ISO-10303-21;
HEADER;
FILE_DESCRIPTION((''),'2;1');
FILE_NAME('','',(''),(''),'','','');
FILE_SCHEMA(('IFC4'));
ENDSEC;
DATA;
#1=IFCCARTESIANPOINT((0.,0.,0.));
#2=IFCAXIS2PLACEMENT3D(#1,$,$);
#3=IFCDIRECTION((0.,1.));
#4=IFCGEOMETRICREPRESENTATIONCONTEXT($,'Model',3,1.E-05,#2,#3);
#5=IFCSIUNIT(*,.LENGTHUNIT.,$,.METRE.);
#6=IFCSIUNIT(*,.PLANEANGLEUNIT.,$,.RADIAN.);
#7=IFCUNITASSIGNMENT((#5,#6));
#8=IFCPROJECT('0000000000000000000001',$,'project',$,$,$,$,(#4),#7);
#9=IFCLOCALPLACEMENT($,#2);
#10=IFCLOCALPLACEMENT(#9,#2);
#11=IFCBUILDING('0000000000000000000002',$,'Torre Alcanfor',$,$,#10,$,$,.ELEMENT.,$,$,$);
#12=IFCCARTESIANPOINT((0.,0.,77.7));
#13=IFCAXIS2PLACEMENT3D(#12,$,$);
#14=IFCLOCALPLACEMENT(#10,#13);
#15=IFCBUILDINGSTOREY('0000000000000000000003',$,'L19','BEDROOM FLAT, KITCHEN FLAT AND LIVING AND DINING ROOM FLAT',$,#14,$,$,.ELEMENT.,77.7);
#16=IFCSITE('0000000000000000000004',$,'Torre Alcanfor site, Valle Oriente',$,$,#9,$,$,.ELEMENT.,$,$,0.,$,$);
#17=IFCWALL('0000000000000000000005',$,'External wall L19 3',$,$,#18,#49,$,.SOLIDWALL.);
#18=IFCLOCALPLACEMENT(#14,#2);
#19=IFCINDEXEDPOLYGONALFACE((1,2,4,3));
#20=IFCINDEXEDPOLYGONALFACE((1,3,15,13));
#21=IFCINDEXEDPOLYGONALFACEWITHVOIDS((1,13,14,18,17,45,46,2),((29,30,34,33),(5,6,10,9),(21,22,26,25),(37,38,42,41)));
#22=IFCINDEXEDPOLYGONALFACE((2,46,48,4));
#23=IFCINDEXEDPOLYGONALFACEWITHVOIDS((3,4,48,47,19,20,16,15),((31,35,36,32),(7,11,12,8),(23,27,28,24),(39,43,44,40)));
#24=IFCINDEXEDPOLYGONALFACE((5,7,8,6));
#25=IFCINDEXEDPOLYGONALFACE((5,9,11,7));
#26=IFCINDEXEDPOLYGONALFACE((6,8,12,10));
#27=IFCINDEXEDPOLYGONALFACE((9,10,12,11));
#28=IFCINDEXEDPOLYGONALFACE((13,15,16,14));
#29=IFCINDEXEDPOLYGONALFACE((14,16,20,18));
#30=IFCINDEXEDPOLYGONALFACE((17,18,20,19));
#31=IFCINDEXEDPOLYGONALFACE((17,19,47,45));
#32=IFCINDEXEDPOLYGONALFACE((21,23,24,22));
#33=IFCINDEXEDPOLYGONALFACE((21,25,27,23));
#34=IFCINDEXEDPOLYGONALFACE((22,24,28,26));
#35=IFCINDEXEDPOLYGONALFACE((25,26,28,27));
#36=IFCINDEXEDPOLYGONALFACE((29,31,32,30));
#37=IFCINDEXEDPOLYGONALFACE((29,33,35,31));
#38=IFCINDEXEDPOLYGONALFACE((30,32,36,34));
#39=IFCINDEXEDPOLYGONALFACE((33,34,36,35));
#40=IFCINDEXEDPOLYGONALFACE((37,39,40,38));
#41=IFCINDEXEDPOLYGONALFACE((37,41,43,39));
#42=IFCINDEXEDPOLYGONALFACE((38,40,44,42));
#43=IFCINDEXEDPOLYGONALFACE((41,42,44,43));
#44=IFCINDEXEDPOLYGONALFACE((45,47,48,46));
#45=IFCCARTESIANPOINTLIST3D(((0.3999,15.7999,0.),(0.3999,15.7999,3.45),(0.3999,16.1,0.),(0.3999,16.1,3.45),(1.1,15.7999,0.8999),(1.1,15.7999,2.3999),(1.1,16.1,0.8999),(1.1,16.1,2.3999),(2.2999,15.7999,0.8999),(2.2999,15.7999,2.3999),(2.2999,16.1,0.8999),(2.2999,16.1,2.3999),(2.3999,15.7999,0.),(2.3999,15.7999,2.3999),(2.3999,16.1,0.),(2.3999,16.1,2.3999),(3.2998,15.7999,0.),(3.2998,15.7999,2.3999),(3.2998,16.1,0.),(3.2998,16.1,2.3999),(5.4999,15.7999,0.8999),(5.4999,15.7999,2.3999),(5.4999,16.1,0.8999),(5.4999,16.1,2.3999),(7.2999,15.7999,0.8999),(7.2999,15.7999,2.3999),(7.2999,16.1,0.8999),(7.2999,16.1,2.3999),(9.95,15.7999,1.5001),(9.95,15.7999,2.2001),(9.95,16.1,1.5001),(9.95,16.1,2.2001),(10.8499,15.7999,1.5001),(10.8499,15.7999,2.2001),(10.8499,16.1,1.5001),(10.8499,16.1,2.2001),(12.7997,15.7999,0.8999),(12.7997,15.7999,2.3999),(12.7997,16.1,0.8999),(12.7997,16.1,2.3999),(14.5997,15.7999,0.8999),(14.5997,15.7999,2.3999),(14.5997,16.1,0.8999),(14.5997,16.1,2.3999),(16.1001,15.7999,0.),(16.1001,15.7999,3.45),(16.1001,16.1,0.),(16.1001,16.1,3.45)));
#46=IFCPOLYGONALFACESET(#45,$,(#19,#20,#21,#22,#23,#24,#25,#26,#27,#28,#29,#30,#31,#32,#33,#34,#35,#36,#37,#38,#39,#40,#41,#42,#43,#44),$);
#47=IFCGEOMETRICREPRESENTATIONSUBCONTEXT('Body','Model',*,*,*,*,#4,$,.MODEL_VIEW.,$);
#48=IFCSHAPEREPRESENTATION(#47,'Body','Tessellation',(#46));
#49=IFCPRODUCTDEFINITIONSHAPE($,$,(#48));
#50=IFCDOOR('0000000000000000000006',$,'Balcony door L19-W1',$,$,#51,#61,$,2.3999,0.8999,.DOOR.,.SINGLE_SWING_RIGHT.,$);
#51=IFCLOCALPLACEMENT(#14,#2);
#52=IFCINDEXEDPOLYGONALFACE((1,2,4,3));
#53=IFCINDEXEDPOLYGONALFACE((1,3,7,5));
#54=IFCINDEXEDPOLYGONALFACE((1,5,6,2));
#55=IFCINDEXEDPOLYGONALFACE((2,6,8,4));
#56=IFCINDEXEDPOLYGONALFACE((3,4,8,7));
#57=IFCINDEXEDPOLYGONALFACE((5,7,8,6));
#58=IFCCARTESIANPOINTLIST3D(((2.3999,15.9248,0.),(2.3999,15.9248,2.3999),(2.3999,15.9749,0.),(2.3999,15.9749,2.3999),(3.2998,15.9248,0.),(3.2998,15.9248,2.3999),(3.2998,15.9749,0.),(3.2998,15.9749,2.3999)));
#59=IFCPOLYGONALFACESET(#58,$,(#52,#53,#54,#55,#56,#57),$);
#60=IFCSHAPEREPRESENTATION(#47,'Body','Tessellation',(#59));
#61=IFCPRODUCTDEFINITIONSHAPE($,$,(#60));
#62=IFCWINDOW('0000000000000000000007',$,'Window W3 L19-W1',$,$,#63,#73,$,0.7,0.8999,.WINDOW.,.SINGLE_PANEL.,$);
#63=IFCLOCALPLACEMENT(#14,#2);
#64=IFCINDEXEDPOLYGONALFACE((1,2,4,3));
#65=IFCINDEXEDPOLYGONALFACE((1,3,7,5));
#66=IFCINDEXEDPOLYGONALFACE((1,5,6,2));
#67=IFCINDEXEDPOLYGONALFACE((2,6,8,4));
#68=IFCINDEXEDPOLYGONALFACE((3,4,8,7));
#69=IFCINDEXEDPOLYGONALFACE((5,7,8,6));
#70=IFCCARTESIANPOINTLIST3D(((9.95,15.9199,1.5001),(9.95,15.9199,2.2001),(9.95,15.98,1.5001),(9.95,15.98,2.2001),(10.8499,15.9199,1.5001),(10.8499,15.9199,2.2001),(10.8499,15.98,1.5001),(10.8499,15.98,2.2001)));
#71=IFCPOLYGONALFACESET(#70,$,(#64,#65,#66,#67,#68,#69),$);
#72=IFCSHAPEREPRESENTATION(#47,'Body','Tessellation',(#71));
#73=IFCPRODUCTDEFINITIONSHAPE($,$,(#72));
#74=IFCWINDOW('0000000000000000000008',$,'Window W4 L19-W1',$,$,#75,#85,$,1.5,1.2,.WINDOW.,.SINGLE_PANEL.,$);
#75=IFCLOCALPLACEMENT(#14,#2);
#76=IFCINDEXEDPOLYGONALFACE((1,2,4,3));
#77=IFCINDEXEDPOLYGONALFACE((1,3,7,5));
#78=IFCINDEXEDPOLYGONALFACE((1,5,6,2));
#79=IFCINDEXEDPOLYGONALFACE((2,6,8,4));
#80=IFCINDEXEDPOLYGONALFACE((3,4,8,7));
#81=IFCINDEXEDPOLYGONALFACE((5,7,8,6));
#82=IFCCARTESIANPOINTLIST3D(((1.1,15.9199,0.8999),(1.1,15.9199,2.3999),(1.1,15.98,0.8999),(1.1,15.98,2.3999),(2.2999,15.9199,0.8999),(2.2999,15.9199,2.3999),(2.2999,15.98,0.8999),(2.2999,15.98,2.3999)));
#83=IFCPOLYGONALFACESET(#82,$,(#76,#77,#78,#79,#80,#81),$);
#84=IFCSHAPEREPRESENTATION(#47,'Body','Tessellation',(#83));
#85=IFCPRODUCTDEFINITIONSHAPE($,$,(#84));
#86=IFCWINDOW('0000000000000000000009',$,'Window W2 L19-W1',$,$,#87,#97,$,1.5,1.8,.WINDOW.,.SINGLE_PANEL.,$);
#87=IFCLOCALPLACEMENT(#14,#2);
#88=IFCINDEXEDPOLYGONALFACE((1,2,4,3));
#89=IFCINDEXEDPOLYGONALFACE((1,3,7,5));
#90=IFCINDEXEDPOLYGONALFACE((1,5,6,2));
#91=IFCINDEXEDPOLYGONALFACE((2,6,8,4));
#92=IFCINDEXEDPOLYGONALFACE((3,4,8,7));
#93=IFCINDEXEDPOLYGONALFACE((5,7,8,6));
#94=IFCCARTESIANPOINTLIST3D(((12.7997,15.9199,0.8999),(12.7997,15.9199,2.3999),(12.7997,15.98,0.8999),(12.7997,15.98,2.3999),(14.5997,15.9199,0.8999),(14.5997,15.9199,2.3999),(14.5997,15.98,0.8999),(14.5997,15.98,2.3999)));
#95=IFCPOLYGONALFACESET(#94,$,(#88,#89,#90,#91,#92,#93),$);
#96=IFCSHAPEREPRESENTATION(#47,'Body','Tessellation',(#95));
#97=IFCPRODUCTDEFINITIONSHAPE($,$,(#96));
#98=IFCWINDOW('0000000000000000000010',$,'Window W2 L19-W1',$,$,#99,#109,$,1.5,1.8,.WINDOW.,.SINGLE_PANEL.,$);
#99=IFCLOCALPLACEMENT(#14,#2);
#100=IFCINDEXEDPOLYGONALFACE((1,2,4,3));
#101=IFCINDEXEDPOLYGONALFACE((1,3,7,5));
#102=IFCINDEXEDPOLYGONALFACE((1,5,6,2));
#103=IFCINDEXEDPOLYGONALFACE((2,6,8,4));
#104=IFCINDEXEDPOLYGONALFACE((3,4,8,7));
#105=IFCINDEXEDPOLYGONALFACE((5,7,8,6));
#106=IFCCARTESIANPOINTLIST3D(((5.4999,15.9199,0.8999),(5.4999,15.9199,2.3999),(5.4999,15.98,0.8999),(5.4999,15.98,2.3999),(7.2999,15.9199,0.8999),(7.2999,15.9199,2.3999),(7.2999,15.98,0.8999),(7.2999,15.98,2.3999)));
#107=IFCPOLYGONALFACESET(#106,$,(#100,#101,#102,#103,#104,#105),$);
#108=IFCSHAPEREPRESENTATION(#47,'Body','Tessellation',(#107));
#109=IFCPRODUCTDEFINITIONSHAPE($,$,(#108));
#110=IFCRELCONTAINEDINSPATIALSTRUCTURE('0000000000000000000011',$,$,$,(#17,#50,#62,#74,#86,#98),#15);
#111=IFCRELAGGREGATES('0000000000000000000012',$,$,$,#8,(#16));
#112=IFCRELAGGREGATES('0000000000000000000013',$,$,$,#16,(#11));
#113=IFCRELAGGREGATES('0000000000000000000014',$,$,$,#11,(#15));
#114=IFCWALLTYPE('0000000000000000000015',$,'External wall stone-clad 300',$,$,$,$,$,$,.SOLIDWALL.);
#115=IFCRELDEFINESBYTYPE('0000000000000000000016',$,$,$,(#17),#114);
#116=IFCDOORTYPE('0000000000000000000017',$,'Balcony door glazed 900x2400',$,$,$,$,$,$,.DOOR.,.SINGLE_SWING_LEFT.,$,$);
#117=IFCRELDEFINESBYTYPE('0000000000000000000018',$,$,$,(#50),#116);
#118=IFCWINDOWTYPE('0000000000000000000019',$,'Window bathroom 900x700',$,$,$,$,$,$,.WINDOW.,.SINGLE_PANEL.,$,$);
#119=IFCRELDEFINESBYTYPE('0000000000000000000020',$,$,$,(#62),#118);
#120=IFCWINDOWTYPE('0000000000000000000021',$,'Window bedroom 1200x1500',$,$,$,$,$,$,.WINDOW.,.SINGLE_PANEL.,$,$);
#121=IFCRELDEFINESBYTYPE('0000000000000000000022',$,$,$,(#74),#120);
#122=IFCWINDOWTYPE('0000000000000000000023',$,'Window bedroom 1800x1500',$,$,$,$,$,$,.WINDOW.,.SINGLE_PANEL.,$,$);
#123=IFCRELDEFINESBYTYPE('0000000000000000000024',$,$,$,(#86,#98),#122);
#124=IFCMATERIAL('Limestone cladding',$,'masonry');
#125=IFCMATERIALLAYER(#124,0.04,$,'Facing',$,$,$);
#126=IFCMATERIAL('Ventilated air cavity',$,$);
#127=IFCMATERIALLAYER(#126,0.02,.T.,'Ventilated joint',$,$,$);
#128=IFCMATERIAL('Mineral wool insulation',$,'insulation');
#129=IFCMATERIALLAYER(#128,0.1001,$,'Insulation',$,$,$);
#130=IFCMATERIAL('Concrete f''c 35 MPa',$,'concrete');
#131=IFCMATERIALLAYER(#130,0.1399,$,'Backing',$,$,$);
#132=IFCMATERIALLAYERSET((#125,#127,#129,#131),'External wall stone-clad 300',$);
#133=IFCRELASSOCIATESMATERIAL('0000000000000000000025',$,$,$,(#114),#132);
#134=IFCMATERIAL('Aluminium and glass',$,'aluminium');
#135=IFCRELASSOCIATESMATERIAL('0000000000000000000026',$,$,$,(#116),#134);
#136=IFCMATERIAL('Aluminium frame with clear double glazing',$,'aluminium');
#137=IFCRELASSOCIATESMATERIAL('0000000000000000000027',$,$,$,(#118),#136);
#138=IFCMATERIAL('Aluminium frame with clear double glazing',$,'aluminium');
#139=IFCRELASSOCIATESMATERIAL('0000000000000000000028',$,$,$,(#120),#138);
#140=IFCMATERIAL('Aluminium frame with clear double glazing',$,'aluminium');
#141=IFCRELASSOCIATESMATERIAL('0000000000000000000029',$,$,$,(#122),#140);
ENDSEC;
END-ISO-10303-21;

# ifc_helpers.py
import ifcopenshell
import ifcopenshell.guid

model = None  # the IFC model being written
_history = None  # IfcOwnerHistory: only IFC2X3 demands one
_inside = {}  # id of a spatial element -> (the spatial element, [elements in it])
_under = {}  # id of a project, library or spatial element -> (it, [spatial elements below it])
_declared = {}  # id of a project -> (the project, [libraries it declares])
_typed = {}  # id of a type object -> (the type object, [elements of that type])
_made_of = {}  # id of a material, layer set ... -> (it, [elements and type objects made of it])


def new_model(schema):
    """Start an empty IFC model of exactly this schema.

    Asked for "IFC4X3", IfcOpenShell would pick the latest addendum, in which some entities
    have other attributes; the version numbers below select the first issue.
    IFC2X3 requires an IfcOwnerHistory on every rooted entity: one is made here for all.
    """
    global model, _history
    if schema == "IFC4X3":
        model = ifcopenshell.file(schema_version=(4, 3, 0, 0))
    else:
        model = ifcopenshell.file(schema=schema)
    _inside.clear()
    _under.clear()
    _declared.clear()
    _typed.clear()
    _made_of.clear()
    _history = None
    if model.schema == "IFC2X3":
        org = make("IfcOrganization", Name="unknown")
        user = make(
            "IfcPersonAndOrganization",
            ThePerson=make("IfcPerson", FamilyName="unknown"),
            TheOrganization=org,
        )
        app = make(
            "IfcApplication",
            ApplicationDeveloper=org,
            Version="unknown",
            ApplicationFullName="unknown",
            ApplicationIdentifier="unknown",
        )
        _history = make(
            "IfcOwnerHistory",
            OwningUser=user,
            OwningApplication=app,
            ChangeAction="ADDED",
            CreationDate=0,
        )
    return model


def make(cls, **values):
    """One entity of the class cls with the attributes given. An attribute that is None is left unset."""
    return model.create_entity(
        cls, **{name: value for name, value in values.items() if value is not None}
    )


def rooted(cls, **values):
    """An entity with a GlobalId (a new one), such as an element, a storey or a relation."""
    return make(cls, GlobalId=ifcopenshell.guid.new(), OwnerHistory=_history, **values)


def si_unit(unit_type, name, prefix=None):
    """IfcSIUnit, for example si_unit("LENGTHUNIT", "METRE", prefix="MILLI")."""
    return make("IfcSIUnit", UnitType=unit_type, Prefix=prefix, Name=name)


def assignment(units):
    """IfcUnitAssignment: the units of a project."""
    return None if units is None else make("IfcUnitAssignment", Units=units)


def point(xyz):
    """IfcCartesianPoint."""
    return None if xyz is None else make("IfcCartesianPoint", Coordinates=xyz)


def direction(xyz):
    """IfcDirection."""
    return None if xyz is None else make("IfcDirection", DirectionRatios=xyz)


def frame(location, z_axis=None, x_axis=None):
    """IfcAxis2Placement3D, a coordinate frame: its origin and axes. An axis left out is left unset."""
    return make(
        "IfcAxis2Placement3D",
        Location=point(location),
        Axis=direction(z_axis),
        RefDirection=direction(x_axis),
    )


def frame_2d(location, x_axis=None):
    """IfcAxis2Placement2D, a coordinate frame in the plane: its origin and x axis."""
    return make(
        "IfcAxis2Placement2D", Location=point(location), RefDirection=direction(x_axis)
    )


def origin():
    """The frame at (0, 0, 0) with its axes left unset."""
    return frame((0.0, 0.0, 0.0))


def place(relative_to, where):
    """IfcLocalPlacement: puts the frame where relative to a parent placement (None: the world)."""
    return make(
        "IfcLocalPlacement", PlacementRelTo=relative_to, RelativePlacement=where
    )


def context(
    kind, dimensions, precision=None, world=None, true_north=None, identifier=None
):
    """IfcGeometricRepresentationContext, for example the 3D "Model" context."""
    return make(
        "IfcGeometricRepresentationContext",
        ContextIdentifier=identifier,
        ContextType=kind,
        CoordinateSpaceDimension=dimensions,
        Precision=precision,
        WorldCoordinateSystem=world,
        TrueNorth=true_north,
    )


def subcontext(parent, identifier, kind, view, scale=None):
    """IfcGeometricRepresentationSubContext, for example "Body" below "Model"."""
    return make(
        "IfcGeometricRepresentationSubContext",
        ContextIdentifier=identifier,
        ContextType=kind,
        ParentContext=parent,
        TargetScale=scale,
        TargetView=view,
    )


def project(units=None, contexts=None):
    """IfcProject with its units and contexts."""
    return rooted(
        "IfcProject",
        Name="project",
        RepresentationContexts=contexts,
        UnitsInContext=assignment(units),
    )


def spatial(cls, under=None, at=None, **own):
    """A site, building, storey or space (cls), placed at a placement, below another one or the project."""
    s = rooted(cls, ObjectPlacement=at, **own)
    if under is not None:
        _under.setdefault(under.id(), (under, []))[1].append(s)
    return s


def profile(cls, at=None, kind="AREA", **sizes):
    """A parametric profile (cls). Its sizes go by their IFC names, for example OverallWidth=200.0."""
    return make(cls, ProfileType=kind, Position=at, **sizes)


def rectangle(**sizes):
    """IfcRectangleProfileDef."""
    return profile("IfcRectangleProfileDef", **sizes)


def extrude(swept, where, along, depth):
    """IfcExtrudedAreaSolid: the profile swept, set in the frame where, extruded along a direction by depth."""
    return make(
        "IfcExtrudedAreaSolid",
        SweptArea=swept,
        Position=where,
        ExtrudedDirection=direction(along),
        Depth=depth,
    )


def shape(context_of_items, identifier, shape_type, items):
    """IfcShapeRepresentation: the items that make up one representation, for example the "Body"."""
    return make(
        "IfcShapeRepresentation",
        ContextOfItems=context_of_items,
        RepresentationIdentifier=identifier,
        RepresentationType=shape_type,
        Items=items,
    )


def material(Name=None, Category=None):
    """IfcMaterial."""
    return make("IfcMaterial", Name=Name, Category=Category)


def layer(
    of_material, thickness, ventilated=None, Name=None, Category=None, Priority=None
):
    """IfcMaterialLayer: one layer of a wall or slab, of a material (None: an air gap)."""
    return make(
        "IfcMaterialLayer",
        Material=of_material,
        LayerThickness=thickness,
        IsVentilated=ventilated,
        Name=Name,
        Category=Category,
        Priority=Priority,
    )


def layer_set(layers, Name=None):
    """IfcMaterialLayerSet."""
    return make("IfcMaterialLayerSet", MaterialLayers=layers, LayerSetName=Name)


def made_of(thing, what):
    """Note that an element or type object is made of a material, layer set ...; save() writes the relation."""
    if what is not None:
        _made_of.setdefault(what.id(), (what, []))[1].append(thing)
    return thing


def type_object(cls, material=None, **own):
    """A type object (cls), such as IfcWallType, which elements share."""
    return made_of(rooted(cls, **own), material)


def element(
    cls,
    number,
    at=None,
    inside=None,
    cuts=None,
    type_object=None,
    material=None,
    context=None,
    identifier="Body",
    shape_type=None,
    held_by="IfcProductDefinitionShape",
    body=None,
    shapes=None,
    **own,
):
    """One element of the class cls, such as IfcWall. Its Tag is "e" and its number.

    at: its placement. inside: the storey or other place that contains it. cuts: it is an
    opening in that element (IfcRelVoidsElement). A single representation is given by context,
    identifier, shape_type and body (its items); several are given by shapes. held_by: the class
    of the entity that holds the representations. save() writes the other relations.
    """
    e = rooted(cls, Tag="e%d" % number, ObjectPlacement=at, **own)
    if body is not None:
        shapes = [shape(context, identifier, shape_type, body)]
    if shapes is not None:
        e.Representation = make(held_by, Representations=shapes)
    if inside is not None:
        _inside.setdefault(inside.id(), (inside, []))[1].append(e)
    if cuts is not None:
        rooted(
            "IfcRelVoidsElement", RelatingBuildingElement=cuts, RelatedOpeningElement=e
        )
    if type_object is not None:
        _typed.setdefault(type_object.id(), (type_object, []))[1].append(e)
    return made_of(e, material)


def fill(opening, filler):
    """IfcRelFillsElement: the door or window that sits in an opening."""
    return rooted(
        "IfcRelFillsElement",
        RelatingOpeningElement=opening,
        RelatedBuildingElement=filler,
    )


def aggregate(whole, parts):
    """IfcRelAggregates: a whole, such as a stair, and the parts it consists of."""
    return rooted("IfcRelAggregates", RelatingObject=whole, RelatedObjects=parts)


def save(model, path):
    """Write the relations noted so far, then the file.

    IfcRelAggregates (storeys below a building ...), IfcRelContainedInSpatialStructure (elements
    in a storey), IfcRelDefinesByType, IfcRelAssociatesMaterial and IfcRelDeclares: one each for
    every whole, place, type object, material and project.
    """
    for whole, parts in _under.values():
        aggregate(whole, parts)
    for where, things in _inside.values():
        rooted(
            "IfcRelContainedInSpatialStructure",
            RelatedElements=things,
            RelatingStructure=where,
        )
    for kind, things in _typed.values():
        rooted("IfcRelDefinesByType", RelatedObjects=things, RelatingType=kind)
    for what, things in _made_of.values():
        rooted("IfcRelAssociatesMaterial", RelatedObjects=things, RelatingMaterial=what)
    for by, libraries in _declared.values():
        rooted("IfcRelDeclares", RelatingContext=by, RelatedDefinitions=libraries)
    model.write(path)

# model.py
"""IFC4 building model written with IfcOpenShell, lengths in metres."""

from ifc_helpers import new_model, si_unit, direction, frame, frame_2d, origin, place, context, subcontext, project, spatial, rectangle, extrude, material, layer, layer_set, type_object, element, fill, save


model = new_model("IFC4")

# Units and contexts
model_context = context("Model", 3, precision=1e-05, world=origin(), true_north=direction((0.0, 1.0)))
body_context = subcontext(model_context, "Body", "Model", "MODEL_VIEW")
ifc_project = project(units=[si_unit("LENGTHUNIT", "METRE"), si_unit("PLANEANGLEUNIT", "RADIAN")], contexts=[model_context])

# Site, building, storey
site_placement = place(None, origin())
site = spatial("IfcSite", under=ifc_project, at=site_placement, Name="Torre Alcanfor site, Valle Oriente", CompositionType="ELEMENT", RefElevation=0.0)
building_placement = place(site_placement, origin())
building = spatial("IfcBuilding", under=site, at=building_placement, Name="Torre Alcanfor", CompositionType="ELEMENT")
storey_placement = place(building_placement, frame((0.0, 0.0, 77.7)))
storey = spatial("IfcBuildingStorey", under=building, at=storey_placement, Name="L19", Description="BEDROOM FLAT, KITCHEN FLAT AND LIVING AND DINING ROOM FLAT", CompositionType="ELEMENT", Elevation=77.7)

# Wall, openings, door, windows
ifc_material_1 = material(Name="Limestone cladding", Category="masonry")
ifc_layer_1 = layer(ifc_material_1, 0.04, Name="Facing")
ifc_material_2 = material(Name="Ventilated air cavity")
ifc_layer_2 = layer(ifc_material_2, 0.02, ventilated=True, Name="Ventilated joint")
ifc_material_3 = material(Name="Mineral wool insulation", Category="insulation")
ifc_layer_3 = layer(ifc_material_3, 0.1001, Name="Insulation")
ifc_material_4 = material(Name="Concrete f'c 35 MPa", Category="concrete")
ifc_layer_4 = layer(ifc_material_4, 0.1399, Name="Backing")
ifc_layer_set_1 = layer_set([ifc_layer_1, ifc_layer_2, ifc_layer_3, ifc_layer_4], Name="External wall stone-clad 300")
wall_type_1 = type_object("IfcWallType", Name="External wall stone-clad 300", PredefinedType="SOLIDWALL", material=ifc_layer_set_1)
wall_1_placement = place(storey_placement, frame((0.3999, 15.95, 0.0), z_axis=(0.0, 0.0, 1.0), x_axis=(1.0, 0.0, 0.0)))
wall_1 = element("IfcWall", 1, at=wall_1_placement, inside=storey, type_object=wall_type_1, Name="External wall L19 3", PredefinedType="SOLIDWALL", context=body_context, shape_type="SweptSolid", body=[
    extrude(rectangle(XDim=15.7002, YDim=0.3, at=frame_2d((7.8501, 0.0))), origin(), (0.0, 0.0, 1.0), 3.45),
])
opening_1_placement = place(wall_1_placement, frame((12.3999, 0.0, 0.8999)))
opening_1 = element("IfcOpeningElement", 2, at=opening_1_placement, cuts=wall_1, PredefinedType="OPENING", context=body_context, shape_type="SweptSolid", body=[
    extrude(rectangle(XDim=1.8, YDim=1.5, at=frame_2d((0.8999, 0.75))), frame((0.0, 0.1599, 0.0), z_axis=(0.0, -1.0, 0.0), x_axis=(1.0, 0.0, 0.0)), (0.0, 0.0, 1.0), 0.3201),
])
opening_2_placement = place(wall_1_placement, frame((9.55, 0.0, 1.5)))
opening_2 = element("IfcOpeningElement", 3, at=opening_2_placement, cuts=wall_1, PredefinedType="OPENING", context=body_context, shape_type="SweptSolid", body=[
    extrude(rectangle(XDim=0.8999, YDim=0.7, at=frame_2d((0.45, 0.3501))), frame((0.0, 0.1599, 0.0), z_axis=(0.0, -1.0, 0.0), x_axis=(1.0, 0.0, 0.0)), (0.0, 0.0, 1.0), 0.3201),
])
opening_3_placement = place(wall_1_placement, frame((5.1001, 0.0, 0.8999)))
opening_3 = element("IfcOpeningElement", 4, at=opening_3_placement, cuts=wall_1, PredefinedType="OPENING", context=body_context, shape_type="SweptSolid", body=[
    extrude(rectangle(XDim=1.8, YDim=1.5, at=frame_2d((0.8999, 0.75))), frame((0.0, 0.1599, 0.0), z_axis=(0.0, -1.0, 0.0), x_axis=(1.0, 0.0, 0.0)), (0.0, 0.0, 1.0), 0.3201),
])
opening_4_placement = place(wall_1_placement, frame((2.0, 0.0, 0.0)))
opening_4 = element("IfcOpeningElement", 5, at=opening_4_placement, cuts=wall_1, PredefinedType="OPENING", context=body_context, shape_type="SweptSolid", body=[
    extrude(rectangle(XDim=0.8999, YDim=2.3999, at=frame_2d((0.45, 1.2))), frame((0.0, 0.1599, 0.0), z_axis=(0.0, -1.0, 0.0), x_axis=(1.0, 0.0, 0.0)), (0.0, 0.0, 1.0), 0.3201),
])
opening_5_placement = place(wall_1_placement, frame((0.7, 0.0, 0.8999)))
opening_5 = element("IfcOpeningElement", 6, at=opening_5_placement, cuts=wall_1, PredefinedType="OPENING", context=body_context, shape_type="SweptSolid", body=[
    extrude(rectangle(XDim=1.2, YDim=1.5, at=frame_2d((0.6001, 0.75))), frame((0.0, 0.1599, 0.0), z_axis=(0.0, -1.0, 0.0), x_axis=(1.0, 0.0, 0.0)), (0.0, 0.0, 1.0), 0.3201),
])
ifc_material_5 = material(Name="Aluminium and glass", Category="aluminium")
door_type = type_object("IfcDoorType", Name="Balcony door glazed 900x2400", OperationType="SINGLE_SWING_LEFT", PredefinedType="DOOR", material=ifc_material_5)
door_placement = place(opening_4_placement, origin())
door = element("IfcDoor", 7, at=door_placement, inside=storey, type_object=door_type, Name="Balcony door L19-W1", OperationType="SINGLE_SWING_RIGHT", OverallHeight=2.3999, OverallWidth=0.8999, PredefinedType="DOOR", context=body_context, shape_type="SweptSolid", body=[
    extrude(rectangle(XDim=0.8999, YDim=2.3999, at=frame_2d((0.45, 1.2))), frame((0.0, 0.0249, 0.0), z_axis=(0.0, -1.0, 0.0), x_axis=(1.0, 0.0, 0.0)), (0.0, 0.0, 1.0), 0.05),
])
fill(opening_4, door)
ifc_material_6 = material(Name="Aluminium frame with clear double glazing", Category="aluminium")
window_type_1 = type_object("IfcWindowType", Name="Window bathroom 900x700", PartitioningType="SINGLE_PANEL", PredefinedType="WINDOW", material=ifc_material_6)
window_1_placement = place(opening_2_placement, origin())
window_1 = element("IfcWindow", 8, at=window_1_placement, inside=storey, type_object=window_type_1, Name="Window W3 L19-W1", OverallHeight=0.7, OverallWidth=0.8999, PartitioningType="SINGLE_PANEL", PredefinedType="WINDOW", context=body_context, shape_type="SweptSolid", body=[
    extrude(rectangle(XDim=0.8999, YDim=0.7, at=frame_2d((0.45, 0.3501))), frame((0.0, 0.03, 0.0), z_axis=(0.0, -1.0, 0.0), x_axis=(1.0, 0.0, 0.0)), (0.0, 0.0, 1.0), 0.0601),
])
fill(opening_2, window_1)
ifc_material_7 = material(Name="Aluminium frame with clear double glazing", Category="aluminium")
window_type_2 = type_object("IfcWindowType", Name="Window bedroom 1200x1500", PartitioningType="SINGLE_PANEL", PredefinedType="WINDOW", material=ifc_material_7)
window_2_placement = place(opening_5_placement, origin())
window_2 = element("IfcWindow", 9, at=window_2_placement, inside=storey, type_object=window_type_2, Name="Window W4 L19-W1", OverallHeight=1.5, OverallWidth=1.2, PartitioningType="SINGLE_PANEL", PredefinedType="WINDOW", context=body_context, shape_type="SweptSolid", body=[
    extrude(rectangle(XDim=1.2, YDim=1.5, at=frame_2d((0.6001, 0.75))), frame((0.0, 0.03, 0.0), z_axis=(0.0, -1.0, 0.0), x_axis=(1.0, 0.0, 0.0)), (0.0, 0.0, 1.0), 0.0601),
])
fill(opening_5, window_2)
ifc_material_8 = material(Name="Aluminium frame with clear double glazing", Category="aluminium")
window_type_3 = type_object("IfcWindowType", Name="Window bedroom 1800x1500", PartitioningType="SINGLE_PANEL", PredefinedType="WINDOW", material=ifc_material_8)
window_3_placement = place(opening_1_placement, origin())
window_3 = element("IfcWindow", 10, at=window_3_placement, inside=storey, type_object=window_type_3, Name="Window W2 L19-W1", OverallHeight=1.5, OverallWidth=1.8, PartitioningType="SINGLE_PANEL", PredefinedType="WINDOW", context=body_context, shape_type="SweptSolid", body=[
    extrude(rectangle(XDim=1.8, YDim=1.5, at=frame_2d((0.8999, 0.75))), frame((0.0, 0.03, 0.0), z_axis=(0.0, -1.0, 0.0), x_axis=(1.0, 0.0, 0.0)), (0.0, 0.0, 1.0), 0.0601),
])
fill(opening_1, window_3)
window_4_placement = place(opening_3_placement, origin())
window_4 = element("IfcWindow", 11, at=window_4_placement, inside=storey, type_object=window_type_3, Name="Window W2 L19-W1", OverallHeight=1.5, OverallWidth=1.8, PartitioningType="SINGLE_PANEL", PredefinedType="WINDOW", context=body_context, shape_type="SweptSolid", body=[
    extrude(rectangle(XDim=1.8, YDim=1.5, at=frame_2d((0.8999, 0.75))), frame((0.0, 0.03, 0.0), z_axis=(0.0, -1.0, 0.0), x_axis=(1.0, 0.0, 0.0)), (0.0, 0.0, 1.0), 0.0601),
])
fill(opening_3, window_4)

save(model, "model.ifc")
